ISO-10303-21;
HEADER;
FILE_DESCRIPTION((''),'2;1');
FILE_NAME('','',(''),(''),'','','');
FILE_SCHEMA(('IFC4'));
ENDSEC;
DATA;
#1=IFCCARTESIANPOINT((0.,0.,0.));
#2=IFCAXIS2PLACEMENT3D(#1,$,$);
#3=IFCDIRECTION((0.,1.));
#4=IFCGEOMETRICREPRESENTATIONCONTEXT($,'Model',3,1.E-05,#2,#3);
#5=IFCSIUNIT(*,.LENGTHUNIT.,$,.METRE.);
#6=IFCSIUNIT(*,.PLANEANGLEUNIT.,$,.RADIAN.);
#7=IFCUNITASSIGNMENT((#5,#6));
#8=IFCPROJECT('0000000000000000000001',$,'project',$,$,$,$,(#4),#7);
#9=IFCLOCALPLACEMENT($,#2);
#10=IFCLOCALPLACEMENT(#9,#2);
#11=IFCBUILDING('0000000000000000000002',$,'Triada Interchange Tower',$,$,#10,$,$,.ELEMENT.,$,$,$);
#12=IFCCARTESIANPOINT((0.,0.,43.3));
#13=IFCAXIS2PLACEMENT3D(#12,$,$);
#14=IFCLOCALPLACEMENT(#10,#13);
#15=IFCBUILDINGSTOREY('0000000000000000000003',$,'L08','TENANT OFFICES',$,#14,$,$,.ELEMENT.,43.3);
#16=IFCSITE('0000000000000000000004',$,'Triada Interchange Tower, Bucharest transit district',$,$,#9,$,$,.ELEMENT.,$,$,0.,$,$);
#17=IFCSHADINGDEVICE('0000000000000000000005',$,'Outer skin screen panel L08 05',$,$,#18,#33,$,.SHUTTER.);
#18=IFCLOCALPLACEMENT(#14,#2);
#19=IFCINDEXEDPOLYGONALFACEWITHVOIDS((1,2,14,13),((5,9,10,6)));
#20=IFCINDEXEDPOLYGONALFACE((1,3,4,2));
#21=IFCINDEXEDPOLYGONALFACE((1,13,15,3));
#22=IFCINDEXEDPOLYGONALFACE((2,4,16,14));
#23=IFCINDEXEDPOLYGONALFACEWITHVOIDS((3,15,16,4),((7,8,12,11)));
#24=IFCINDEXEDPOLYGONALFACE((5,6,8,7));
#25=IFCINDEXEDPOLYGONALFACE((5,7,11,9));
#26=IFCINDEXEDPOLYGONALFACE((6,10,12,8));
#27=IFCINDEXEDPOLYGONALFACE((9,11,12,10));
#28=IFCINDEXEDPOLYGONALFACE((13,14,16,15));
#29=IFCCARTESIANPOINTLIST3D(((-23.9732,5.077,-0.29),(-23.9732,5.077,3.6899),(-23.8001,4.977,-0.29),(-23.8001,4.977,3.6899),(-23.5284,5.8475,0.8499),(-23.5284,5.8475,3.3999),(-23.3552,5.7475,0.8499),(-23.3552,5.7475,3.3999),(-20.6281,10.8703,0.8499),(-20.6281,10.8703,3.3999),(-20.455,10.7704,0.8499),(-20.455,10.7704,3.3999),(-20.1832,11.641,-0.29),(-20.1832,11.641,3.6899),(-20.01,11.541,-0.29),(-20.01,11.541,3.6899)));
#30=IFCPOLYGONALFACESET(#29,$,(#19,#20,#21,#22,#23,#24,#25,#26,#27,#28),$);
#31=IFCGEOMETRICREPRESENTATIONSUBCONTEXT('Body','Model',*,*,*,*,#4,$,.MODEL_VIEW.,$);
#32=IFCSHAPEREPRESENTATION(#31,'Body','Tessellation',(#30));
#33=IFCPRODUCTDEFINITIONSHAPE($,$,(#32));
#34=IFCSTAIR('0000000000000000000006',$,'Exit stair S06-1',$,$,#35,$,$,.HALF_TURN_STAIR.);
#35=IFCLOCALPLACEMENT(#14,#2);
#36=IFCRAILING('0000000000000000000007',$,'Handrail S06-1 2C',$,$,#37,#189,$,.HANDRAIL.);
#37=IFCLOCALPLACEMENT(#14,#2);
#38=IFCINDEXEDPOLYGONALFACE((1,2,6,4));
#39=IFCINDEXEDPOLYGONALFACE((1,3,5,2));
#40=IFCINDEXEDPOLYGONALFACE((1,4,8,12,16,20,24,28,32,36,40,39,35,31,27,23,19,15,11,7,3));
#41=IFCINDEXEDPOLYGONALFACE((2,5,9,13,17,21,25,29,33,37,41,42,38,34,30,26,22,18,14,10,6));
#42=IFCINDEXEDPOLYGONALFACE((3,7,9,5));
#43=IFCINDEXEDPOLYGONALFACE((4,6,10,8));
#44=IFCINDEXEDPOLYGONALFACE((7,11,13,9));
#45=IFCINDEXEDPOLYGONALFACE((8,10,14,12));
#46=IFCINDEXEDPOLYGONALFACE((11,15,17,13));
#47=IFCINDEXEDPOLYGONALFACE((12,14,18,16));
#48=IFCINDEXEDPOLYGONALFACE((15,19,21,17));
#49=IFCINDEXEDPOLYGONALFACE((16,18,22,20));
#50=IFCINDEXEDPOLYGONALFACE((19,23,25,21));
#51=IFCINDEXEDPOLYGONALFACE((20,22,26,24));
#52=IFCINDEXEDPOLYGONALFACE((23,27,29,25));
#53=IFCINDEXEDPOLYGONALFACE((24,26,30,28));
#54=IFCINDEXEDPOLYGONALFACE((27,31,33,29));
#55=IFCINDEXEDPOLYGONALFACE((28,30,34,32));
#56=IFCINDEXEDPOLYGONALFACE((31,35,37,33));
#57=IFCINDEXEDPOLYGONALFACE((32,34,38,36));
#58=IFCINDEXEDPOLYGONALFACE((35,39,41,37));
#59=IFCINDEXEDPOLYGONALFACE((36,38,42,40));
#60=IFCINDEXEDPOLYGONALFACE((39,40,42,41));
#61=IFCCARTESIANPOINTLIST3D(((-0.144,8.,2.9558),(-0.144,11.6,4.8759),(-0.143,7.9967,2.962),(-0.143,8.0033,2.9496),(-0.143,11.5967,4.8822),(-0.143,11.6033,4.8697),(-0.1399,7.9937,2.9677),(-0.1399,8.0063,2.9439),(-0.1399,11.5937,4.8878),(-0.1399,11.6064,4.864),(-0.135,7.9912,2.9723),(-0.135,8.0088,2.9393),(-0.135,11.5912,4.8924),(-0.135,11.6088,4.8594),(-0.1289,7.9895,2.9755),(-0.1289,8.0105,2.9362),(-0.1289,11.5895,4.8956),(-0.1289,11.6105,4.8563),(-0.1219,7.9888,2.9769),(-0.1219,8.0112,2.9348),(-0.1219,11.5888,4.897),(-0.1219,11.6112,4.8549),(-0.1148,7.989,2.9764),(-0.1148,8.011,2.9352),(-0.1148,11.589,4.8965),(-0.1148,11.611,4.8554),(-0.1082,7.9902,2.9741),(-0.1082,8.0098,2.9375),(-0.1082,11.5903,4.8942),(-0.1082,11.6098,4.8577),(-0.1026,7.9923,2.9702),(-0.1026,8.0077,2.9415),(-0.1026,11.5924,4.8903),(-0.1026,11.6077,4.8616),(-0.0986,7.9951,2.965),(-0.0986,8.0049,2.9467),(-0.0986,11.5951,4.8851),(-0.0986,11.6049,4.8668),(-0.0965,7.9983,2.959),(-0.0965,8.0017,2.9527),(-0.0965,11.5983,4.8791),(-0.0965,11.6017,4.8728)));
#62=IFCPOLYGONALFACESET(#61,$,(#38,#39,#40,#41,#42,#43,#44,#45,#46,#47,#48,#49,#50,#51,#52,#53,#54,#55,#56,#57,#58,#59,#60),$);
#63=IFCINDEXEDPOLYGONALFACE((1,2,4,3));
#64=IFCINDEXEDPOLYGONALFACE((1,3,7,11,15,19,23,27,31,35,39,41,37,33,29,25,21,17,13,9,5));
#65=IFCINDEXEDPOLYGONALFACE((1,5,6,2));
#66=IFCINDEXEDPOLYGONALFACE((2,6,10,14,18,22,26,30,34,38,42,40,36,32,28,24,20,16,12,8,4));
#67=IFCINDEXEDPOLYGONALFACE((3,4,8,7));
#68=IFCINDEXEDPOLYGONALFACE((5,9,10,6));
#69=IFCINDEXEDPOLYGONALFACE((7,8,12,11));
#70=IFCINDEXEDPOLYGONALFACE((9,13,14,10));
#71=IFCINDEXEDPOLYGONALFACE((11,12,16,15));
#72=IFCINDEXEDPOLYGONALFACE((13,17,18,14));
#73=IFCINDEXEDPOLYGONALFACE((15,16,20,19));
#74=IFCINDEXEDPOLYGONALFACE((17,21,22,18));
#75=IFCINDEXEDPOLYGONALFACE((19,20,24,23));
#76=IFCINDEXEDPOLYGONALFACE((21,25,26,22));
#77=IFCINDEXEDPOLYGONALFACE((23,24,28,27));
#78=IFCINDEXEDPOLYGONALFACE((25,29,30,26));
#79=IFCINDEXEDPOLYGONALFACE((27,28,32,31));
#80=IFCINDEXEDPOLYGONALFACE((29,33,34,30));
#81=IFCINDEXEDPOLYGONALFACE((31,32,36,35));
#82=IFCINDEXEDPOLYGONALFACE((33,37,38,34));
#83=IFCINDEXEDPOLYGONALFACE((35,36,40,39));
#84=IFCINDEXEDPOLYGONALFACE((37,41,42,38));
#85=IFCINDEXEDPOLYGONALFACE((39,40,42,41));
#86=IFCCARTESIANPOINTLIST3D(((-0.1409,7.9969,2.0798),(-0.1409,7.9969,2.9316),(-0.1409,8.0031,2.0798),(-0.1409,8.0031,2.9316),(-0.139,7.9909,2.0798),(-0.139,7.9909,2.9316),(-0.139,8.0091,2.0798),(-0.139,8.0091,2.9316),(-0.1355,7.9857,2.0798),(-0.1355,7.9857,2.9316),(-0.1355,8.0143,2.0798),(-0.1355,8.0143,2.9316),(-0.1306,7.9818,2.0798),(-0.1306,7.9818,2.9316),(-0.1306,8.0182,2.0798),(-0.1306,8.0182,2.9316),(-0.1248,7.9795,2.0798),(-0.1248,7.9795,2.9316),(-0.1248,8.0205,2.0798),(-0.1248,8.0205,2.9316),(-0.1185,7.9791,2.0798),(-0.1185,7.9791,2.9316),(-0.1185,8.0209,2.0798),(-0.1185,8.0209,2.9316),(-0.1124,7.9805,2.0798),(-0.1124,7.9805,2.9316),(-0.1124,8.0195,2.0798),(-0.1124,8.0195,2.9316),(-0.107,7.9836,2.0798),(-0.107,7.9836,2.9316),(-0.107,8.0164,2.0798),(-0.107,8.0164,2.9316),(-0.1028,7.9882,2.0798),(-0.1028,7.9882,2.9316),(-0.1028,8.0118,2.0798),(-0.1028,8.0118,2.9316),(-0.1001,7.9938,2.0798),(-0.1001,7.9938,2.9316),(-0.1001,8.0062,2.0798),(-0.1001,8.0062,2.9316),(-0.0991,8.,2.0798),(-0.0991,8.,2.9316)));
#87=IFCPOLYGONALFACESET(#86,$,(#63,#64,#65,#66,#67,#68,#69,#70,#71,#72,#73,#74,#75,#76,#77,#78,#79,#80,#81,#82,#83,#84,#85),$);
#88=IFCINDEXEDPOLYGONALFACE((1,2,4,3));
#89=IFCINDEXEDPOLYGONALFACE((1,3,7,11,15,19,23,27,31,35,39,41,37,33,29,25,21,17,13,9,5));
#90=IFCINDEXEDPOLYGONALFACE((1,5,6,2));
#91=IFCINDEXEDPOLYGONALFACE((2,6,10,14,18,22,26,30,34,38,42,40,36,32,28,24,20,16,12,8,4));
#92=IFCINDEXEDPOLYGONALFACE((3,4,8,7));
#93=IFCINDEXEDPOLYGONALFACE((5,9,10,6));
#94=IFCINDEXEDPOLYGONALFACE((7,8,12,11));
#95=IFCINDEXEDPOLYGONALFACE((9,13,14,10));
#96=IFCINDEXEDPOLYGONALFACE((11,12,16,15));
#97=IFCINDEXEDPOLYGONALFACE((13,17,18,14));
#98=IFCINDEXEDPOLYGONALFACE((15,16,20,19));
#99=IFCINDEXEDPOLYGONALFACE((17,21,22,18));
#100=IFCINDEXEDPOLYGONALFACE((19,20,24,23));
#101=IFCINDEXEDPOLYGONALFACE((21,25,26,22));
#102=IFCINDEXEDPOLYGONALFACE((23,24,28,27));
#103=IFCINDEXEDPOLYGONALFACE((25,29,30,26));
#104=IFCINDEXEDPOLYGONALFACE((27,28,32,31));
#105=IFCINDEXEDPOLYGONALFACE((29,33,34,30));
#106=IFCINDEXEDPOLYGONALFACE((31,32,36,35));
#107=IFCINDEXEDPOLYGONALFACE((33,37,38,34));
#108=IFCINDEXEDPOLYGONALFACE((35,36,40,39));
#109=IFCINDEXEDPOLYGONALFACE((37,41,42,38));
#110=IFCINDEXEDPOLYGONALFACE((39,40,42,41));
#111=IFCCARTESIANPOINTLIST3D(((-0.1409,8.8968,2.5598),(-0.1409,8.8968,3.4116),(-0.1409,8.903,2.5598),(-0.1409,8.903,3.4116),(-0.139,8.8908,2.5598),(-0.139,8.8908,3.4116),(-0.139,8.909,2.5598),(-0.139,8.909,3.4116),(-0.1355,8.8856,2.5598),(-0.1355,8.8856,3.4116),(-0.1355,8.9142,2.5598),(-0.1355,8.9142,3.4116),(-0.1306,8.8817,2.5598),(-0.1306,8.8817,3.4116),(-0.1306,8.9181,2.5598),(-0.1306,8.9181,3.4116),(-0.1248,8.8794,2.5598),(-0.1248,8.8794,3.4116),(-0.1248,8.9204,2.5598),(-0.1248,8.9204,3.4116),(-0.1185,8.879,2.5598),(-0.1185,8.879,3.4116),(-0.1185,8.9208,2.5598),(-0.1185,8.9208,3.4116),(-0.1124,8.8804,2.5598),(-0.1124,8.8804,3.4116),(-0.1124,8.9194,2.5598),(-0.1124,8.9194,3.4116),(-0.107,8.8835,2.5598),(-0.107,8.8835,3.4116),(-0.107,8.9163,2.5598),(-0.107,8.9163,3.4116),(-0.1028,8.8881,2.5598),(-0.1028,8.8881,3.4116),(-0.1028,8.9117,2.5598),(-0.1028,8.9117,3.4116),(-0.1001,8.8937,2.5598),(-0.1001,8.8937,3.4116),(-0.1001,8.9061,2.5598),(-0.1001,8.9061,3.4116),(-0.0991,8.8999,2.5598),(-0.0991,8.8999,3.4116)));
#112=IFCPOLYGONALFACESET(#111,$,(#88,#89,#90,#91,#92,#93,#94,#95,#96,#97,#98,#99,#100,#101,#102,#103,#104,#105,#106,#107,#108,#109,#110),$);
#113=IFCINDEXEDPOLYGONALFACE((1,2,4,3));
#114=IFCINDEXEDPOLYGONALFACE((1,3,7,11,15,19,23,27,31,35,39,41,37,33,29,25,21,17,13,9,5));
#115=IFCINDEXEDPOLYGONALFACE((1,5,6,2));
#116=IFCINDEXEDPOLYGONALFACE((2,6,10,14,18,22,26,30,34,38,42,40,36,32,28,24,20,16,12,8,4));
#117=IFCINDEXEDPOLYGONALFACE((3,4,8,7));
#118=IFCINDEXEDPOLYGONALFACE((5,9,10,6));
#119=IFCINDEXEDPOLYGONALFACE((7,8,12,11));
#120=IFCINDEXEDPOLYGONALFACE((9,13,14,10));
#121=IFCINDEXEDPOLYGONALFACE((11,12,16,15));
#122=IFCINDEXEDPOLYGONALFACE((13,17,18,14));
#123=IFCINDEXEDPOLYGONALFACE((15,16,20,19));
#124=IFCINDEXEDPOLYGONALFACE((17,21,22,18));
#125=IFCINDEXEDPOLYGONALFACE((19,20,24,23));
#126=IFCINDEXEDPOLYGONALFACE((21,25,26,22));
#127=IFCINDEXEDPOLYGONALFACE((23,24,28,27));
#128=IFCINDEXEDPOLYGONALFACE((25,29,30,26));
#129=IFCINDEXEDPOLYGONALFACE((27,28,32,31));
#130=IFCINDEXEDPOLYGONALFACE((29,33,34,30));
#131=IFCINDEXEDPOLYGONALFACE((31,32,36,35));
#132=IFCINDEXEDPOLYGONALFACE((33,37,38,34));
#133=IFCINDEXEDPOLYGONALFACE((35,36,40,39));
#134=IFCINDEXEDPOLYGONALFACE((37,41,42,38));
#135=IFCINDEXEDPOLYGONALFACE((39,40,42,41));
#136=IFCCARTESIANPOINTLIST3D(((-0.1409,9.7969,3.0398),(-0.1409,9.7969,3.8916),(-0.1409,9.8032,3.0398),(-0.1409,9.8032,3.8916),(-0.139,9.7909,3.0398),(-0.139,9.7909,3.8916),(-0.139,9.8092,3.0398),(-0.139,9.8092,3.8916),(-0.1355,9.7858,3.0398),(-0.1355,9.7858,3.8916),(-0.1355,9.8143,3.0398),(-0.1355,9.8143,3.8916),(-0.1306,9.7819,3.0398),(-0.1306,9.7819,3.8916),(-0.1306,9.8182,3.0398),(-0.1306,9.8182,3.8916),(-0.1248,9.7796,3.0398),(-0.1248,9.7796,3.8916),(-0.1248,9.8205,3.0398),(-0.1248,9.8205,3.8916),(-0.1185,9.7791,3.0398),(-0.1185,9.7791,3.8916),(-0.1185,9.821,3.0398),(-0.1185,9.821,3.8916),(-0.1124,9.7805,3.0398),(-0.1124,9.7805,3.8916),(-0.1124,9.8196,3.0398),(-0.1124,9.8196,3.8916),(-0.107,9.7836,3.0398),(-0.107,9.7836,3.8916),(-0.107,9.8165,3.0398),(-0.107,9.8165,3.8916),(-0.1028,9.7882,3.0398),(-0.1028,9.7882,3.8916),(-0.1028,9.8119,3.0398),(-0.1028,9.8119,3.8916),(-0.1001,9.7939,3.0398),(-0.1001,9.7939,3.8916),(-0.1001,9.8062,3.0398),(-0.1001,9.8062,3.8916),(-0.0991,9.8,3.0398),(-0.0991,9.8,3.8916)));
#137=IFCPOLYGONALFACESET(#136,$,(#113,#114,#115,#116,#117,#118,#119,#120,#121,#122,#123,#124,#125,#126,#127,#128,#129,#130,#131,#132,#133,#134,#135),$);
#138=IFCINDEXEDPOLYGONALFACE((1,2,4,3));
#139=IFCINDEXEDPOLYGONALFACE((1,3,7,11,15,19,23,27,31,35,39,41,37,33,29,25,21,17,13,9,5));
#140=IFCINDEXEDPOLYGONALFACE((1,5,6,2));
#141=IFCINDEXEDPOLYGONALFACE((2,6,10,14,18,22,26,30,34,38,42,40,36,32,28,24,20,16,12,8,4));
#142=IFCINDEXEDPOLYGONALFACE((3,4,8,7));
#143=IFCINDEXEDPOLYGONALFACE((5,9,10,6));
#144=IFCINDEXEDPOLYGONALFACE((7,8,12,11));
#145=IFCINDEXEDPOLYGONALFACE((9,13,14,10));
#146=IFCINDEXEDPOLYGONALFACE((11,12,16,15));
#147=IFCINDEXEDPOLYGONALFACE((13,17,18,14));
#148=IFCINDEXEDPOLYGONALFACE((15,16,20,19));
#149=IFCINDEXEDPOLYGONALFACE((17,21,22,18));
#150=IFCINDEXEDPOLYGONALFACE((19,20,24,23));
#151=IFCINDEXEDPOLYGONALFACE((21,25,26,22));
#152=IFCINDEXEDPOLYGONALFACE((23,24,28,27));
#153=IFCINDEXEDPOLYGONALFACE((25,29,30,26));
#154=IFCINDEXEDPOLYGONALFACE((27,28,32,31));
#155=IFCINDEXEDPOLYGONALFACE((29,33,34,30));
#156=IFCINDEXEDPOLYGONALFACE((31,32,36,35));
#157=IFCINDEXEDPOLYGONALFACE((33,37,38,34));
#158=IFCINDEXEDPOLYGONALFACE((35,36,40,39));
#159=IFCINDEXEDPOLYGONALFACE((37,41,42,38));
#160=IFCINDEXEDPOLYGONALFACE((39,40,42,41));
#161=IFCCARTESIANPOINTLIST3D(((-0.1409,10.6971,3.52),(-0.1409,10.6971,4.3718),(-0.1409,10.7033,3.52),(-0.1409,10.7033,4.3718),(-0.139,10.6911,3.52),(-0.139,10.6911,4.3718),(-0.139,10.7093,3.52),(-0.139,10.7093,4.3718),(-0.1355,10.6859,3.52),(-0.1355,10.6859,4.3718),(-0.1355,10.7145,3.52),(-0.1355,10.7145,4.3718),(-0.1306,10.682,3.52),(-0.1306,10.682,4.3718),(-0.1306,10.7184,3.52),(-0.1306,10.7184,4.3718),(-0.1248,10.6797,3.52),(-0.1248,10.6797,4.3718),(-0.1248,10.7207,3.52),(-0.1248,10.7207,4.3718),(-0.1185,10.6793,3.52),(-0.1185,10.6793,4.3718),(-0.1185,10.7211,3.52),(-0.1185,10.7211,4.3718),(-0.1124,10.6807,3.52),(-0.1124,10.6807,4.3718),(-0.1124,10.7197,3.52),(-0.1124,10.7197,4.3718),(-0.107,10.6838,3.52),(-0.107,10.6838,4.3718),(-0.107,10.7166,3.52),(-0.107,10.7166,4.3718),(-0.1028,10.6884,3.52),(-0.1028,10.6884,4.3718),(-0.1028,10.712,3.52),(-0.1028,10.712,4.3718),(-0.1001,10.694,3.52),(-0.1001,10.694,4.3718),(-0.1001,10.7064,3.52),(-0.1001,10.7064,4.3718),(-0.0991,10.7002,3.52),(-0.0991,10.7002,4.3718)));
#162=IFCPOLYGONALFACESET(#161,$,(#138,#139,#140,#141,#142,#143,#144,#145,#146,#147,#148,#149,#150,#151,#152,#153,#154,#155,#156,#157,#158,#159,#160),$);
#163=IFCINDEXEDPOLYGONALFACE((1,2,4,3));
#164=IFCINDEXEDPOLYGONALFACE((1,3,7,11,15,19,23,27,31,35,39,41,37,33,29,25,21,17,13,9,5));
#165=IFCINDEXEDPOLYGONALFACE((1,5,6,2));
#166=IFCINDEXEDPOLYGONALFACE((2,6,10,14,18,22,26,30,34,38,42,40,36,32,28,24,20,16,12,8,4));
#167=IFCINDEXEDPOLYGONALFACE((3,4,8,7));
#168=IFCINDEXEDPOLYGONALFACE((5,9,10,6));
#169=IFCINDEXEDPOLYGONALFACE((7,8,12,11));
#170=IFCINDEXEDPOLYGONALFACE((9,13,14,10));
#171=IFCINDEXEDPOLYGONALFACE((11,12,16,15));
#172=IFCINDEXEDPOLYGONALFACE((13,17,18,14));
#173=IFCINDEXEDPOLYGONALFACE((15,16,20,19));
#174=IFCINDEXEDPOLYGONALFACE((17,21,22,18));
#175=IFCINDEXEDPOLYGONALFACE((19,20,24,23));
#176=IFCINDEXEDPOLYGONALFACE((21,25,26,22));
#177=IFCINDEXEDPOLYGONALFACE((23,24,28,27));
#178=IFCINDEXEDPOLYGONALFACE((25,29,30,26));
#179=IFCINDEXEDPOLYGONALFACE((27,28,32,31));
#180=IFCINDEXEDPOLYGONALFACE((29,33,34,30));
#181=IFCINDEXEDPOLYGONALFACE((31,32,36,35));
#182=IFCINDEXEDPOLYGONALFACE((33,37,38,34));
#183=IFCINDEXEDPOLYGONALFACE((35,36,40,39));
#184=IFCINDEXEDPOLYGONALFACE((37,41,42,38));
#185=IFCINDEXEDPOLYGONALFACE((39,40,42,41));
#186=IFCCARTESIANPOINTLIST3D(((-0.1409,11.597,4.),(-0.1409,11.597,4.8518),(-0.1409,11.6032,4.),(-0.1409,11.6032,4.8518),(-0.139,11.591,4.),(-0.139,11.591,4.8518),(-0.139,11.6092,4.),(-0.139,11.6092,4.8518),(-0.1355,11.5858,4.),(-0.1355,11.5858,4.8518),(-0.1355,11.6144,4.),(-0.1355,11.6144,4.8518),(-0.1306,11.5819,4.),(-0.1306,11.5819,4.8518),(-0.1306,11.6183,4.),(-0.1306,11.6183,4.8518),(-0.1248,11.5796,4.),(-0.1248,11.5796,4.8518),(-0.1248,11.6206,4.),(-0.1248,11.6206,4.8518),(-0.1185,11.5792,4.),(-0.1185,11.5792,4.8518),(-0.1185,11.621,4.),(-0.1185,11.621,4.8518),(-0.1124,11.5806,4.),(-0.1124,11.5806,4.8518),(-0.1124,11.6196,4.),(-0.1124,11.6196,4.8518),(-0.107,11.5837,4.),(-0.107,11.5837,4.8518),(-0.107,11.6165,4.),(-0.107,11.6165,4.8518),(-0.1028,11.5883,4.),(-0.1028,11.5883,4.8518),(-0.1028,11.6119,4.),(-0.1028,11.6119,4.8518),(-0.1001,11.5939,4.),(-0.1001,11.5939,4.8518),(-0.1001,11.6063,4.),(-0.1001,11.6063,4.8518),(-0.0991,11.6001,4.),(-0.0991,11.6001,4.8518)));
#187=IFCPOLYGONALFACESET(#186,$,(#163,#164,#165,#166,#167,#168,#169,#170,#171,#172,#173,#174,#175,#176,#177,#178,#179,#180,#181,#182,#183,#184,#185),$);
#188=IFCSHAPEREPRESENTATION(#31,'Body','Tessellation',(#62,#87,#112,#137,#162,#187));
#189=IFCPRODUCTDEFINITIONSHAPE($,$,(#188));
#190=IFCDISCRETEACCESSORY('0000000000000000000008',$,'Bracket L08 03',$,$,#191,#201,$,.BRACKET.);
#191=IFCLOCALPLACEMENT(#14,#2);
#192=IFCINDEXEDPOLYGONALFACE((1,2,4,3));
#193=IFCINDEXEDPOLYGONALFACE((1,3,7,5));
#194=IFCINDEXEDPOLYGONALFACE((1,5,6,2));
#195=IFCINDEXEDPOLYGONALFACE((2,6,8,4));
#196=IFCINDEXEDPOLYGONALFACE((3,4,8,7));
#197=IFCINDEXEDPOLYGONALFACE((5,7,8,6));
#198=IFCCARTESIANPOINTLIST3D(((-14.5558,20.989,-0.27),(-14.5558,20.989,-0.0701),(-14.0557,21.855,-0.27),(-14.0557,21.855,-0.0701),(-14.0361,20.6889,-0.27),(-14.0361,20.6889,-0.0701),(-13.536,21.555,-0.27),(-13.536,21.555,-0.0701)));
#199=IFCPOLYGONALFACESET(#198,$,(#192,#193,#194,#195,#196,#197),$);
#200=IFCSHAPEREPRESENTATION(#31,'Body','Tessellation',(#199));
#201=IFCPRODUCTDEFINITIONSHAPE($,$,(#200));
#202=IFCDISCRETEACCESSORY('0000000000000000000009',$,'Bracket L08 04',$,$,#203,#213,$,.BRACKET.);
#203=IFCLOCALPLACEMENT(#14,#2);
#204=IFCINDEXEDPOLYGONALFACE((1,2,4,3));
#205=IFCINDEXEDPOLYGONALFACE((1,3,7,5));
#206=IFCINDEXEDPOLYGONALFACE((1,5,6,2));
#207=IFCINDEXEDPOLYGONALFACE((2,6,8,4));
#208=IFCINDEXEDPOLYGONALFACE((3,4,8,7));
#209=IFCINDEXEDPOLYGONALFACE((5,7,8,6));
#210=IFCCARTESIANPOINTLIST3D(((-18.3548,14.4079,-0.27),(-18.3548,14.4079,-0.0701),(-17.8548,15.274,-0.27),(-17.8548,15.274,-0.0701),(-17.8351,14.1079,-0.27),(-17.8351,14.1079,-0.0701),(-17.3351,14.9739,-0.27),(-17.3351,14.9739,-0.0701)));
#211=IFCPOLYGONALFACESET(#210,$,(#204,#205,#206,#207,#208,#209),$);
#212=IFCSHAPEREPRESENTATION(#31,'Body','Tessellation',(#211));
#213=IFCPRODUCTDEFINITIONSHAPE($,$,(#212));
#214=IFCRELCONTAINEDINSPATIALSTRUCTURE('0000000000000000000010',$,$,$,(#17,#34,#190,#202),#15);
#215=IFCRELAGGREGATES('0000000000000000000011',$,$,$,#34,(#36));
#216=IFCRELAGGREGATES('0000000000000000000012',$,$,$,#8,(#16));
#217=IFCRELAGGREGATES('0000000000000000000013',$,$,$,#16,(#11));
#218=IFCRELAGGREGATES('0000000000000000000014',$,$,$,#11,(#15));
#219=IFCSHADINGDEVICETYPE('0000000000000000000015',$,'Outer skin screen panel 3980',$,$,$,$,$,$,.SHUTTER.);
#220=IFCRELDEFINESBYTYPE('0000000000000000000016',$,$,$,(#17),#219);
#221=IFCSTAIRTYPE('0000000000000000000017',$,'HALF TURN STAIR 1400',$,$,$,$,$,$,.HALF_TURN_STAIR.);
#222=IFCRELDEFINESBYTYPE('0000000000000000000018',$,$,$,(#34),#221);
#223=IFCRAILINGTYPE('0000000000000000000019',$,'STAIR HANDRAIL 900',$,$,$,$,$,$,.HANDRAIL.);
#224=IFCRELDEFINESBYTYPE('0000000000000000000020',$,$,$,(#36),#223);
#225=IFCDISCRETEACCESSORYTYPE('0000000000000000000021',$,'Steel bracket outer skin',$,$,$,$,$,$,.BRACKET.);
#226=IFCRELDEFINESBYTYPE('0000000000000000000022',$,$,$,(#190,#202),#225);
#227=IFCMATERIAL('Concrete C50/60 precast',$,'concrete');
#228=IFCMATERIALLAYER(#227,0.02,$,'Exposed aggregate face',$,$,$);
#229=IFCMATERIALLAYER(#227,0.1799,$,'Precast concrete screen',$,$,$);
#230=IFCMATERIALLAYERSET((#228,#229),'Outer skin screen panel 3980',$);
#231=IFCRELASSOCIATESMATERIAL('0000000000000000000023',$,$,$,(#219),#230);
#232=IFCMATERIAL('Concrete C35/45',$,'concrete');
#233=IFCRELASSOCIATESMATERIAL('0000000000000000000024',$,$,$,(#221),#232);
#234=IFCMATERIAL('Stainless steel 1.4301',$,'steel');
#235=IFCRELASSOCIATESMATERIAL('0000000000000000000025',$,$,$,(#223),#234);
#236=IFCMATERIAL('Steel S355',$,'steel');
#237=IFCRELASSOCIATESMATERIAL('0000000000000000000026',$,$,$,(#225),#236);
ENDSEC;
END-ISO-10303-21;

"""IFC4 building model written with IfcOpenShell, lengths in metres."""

from ifc_helpers import new_model, si_unit, direction, frame, origin, origin_2d, place, context, subcontext, project, spatial, polyline, rectangle, circle, outline, extrude, material, layer, layer_set, type_object, element, aggregate, save


model = new_model("IFC4")

# Units and contexts
model_context = context("Model", 3, precision=1e-05, world=origin(), true_north=direction((0.0, 1.0)))
body_context = subcontext(model_context, "Body", "Model", "MODEL_VIEW")
ifc_project = project(units=[si_unit("LENGTHUNIT", "METRE"), si_unit("PLANEANGLEUNIT", "RADIAN")], contexts=[model_context])

# Site, building, storey
site_placement = place(None, origin())
site = spatial("IfcSite", under=ifc_project, at=site_placement, Name="Triada Interchange Tower, Bucharest transit district", CompositionType="ELEMENT", RefElevation=0.0)
building_placement = place(site_placement, origin())
building = spatial("IfcBuilding", under=site, at=building_placement, Name="Triada Interchange Tower", CompositionType="ELEMENT")
storey_placement = place(building_placement, frame((0.0, 0.0, 43.3)))
storey = spatial("IfcBuildingStorey", under=building, at=storey_placement, Name="L08", Description="TENANT OFFICES", CompositionType="ELEMENT", Elevation=43.3)

# Shading device
ifc_material_1 = material(Name="Concrete C50/60 precast", Category="concrete")
ifc_layer_1 = layer(ifc_material_1, 0.02, Name="Exposed aggregate face")
ifc_layer_2 = layer(ifc_material_1, 0.1799, Name="Precast concrete screen")
ifc_layer_set_1 = layer_set([ifc_layer_1, ifc_layer_2], Name="Outer skin screen panel 3980")
shading_device_type = type_object("IfcShadingDeviceType", Name="Outer skin screen panel 3980", PredefinedType="SHUTTER", material=ifc_layer_set_1)
shading_device_1_placement = place(storey_placement, frame((-20.01, 11.541, -0.29), z_axis=(0.0, 0.0, 1.0), x_axis=(-0.500033, -0.866006, 0.0)))
element("IfcShadingDevice", 1, at=shading_device_1_placement, inside=storey, type_object=shading_device_type, Name="Outer skin screen panel L08 05", PredefinedType="SHUTTER", context=body_context, shape_type="SweptSolid", body=[
    extrude(outline(polyline([(0.0, 0.0), (7.5796, 0.0), (7.5796, 3.98), (0.0, 3.98), (0.0, 0.0)]), holes=[polyline([(0.8899, 1.1399), (0.8899, 3.6899), (6.6899, 3.6899), (6.6899, 1.1399), (0.8899, 1.1399)])]), frame((0.0, 0.0, 0.0), z_axis=(0.0, -1.0, 0.0), x_axis=(1.0, 0.0, 0.0)), (0.0, 0.0, 1.0), 0.2),
])

# Stair, railing
ifc_material_2 = material(Name="Concrete C35/45", Category="concrete")
stair_type = type_object("IfcStairType", Name="HALF TURN STAIR 1400", PredefinedType="HALF_TURN_STAIR", material=ifc_material_2)
stair_placement = place(storey_placement, origin())
stair = element("IfcStair", 2, at=stair_placement, inside=storey, type_object=stair_type, Name="Exit stair S06-1", PredefinedType="HALF_TURN_STAIR")
ifc_material_3 = material(Name="Stainless steel 1.4301", Category="steel")
railing_type = type_object("IfcRailingType", Name="STAIR HANDRAIL 900", PredefinedType="HANDRAIL", material=ifc_material_3)
railing_placement = place(storey_placement, frame((-0.1201, 8.0, 2.0798)))
railing = element("IfcRailing", 3, at=railing_placement, type_object=railing_type, Name="Handrail S06-1 2C", PredefinedType="HANDRAIL", context=body_context, shape_type="SweptSolid", body=[
    extrude(circle(Radius=0.0239, at=origin_2d()), frame((0.0, 0.0, 0.876), z_axis=(0.0, 0.882341, 0.47061), x_axis=(-1.0, 0.0, 0.0)), (0.0, 0.0, 1.0), 4.0801),
    extrude(circle(Radius=0.021, at=origin_2d()), origin(), (0.0, 0.0, 1.0), 0.8518),
    extrude(circle(Radius=0.021, at=origin_2d()), frame((0.0, 0.8999, 0.48)), (0.0, 0.0, 1.0), 0.8518),
    extrude(circle(Radius=0.021, at=origin_2d()), frame((0.0, 1.8, 0.96)), (0.0, 0.0, 1.0), 0.8518),
    extrude(circle(Radius=0.021, at=origin_2d()), frame((0.0, 2.7002, 1.4402)), (0.0, 0.0, 1.0), 0.8518),
    extrude(circle(Radius=0.021, at=origin_2d()), frame((0.0, 3.6001, 1.9202)), (0.0, 0.0, 1.0), 0.8518),
])
aggregate(stair, [railing])

# Discrete accessories
ifc_material_4 = material(Name="Steel S355", Category="steel")
discrete_accessory_type = type_object("IfcDiscreteAccessoryType", Name="Steel bracket outer skin", PredefinedType="BRACKET", material=ifc_material_4)
for number, where, z_axis, x_axis, name in (
    (4, (-14.0459, 21.272, -0.27), (0.0, 0.0, 1.0), (-0.866021, 0.500008, 0.0), "Bracket L08 03"),
    (5, (-17.845, 14.6909, -0.27), (0.0, 0.0, 1.0), (-0.866021, 0.500008, 0.0), "Bracket L08 04"),
):
    element("IfcDiscreteAccessory", number, at=place(storey_placement, frame(where, z_axis=z_axis, x_axis=x_axis)), inside=storey, type_object=discrete_accessory_type, Name=name, PredefinedType="BRACKET", context=body_context, shape_type="SweptSolid", body=[
        extrude(rectangle(XDim=0.6001, YDim=1.0, at=origin_2d()), origin(), (0.0, 0.0, 1.0), 0.2),
    ])

save(model, "model.ifc")
